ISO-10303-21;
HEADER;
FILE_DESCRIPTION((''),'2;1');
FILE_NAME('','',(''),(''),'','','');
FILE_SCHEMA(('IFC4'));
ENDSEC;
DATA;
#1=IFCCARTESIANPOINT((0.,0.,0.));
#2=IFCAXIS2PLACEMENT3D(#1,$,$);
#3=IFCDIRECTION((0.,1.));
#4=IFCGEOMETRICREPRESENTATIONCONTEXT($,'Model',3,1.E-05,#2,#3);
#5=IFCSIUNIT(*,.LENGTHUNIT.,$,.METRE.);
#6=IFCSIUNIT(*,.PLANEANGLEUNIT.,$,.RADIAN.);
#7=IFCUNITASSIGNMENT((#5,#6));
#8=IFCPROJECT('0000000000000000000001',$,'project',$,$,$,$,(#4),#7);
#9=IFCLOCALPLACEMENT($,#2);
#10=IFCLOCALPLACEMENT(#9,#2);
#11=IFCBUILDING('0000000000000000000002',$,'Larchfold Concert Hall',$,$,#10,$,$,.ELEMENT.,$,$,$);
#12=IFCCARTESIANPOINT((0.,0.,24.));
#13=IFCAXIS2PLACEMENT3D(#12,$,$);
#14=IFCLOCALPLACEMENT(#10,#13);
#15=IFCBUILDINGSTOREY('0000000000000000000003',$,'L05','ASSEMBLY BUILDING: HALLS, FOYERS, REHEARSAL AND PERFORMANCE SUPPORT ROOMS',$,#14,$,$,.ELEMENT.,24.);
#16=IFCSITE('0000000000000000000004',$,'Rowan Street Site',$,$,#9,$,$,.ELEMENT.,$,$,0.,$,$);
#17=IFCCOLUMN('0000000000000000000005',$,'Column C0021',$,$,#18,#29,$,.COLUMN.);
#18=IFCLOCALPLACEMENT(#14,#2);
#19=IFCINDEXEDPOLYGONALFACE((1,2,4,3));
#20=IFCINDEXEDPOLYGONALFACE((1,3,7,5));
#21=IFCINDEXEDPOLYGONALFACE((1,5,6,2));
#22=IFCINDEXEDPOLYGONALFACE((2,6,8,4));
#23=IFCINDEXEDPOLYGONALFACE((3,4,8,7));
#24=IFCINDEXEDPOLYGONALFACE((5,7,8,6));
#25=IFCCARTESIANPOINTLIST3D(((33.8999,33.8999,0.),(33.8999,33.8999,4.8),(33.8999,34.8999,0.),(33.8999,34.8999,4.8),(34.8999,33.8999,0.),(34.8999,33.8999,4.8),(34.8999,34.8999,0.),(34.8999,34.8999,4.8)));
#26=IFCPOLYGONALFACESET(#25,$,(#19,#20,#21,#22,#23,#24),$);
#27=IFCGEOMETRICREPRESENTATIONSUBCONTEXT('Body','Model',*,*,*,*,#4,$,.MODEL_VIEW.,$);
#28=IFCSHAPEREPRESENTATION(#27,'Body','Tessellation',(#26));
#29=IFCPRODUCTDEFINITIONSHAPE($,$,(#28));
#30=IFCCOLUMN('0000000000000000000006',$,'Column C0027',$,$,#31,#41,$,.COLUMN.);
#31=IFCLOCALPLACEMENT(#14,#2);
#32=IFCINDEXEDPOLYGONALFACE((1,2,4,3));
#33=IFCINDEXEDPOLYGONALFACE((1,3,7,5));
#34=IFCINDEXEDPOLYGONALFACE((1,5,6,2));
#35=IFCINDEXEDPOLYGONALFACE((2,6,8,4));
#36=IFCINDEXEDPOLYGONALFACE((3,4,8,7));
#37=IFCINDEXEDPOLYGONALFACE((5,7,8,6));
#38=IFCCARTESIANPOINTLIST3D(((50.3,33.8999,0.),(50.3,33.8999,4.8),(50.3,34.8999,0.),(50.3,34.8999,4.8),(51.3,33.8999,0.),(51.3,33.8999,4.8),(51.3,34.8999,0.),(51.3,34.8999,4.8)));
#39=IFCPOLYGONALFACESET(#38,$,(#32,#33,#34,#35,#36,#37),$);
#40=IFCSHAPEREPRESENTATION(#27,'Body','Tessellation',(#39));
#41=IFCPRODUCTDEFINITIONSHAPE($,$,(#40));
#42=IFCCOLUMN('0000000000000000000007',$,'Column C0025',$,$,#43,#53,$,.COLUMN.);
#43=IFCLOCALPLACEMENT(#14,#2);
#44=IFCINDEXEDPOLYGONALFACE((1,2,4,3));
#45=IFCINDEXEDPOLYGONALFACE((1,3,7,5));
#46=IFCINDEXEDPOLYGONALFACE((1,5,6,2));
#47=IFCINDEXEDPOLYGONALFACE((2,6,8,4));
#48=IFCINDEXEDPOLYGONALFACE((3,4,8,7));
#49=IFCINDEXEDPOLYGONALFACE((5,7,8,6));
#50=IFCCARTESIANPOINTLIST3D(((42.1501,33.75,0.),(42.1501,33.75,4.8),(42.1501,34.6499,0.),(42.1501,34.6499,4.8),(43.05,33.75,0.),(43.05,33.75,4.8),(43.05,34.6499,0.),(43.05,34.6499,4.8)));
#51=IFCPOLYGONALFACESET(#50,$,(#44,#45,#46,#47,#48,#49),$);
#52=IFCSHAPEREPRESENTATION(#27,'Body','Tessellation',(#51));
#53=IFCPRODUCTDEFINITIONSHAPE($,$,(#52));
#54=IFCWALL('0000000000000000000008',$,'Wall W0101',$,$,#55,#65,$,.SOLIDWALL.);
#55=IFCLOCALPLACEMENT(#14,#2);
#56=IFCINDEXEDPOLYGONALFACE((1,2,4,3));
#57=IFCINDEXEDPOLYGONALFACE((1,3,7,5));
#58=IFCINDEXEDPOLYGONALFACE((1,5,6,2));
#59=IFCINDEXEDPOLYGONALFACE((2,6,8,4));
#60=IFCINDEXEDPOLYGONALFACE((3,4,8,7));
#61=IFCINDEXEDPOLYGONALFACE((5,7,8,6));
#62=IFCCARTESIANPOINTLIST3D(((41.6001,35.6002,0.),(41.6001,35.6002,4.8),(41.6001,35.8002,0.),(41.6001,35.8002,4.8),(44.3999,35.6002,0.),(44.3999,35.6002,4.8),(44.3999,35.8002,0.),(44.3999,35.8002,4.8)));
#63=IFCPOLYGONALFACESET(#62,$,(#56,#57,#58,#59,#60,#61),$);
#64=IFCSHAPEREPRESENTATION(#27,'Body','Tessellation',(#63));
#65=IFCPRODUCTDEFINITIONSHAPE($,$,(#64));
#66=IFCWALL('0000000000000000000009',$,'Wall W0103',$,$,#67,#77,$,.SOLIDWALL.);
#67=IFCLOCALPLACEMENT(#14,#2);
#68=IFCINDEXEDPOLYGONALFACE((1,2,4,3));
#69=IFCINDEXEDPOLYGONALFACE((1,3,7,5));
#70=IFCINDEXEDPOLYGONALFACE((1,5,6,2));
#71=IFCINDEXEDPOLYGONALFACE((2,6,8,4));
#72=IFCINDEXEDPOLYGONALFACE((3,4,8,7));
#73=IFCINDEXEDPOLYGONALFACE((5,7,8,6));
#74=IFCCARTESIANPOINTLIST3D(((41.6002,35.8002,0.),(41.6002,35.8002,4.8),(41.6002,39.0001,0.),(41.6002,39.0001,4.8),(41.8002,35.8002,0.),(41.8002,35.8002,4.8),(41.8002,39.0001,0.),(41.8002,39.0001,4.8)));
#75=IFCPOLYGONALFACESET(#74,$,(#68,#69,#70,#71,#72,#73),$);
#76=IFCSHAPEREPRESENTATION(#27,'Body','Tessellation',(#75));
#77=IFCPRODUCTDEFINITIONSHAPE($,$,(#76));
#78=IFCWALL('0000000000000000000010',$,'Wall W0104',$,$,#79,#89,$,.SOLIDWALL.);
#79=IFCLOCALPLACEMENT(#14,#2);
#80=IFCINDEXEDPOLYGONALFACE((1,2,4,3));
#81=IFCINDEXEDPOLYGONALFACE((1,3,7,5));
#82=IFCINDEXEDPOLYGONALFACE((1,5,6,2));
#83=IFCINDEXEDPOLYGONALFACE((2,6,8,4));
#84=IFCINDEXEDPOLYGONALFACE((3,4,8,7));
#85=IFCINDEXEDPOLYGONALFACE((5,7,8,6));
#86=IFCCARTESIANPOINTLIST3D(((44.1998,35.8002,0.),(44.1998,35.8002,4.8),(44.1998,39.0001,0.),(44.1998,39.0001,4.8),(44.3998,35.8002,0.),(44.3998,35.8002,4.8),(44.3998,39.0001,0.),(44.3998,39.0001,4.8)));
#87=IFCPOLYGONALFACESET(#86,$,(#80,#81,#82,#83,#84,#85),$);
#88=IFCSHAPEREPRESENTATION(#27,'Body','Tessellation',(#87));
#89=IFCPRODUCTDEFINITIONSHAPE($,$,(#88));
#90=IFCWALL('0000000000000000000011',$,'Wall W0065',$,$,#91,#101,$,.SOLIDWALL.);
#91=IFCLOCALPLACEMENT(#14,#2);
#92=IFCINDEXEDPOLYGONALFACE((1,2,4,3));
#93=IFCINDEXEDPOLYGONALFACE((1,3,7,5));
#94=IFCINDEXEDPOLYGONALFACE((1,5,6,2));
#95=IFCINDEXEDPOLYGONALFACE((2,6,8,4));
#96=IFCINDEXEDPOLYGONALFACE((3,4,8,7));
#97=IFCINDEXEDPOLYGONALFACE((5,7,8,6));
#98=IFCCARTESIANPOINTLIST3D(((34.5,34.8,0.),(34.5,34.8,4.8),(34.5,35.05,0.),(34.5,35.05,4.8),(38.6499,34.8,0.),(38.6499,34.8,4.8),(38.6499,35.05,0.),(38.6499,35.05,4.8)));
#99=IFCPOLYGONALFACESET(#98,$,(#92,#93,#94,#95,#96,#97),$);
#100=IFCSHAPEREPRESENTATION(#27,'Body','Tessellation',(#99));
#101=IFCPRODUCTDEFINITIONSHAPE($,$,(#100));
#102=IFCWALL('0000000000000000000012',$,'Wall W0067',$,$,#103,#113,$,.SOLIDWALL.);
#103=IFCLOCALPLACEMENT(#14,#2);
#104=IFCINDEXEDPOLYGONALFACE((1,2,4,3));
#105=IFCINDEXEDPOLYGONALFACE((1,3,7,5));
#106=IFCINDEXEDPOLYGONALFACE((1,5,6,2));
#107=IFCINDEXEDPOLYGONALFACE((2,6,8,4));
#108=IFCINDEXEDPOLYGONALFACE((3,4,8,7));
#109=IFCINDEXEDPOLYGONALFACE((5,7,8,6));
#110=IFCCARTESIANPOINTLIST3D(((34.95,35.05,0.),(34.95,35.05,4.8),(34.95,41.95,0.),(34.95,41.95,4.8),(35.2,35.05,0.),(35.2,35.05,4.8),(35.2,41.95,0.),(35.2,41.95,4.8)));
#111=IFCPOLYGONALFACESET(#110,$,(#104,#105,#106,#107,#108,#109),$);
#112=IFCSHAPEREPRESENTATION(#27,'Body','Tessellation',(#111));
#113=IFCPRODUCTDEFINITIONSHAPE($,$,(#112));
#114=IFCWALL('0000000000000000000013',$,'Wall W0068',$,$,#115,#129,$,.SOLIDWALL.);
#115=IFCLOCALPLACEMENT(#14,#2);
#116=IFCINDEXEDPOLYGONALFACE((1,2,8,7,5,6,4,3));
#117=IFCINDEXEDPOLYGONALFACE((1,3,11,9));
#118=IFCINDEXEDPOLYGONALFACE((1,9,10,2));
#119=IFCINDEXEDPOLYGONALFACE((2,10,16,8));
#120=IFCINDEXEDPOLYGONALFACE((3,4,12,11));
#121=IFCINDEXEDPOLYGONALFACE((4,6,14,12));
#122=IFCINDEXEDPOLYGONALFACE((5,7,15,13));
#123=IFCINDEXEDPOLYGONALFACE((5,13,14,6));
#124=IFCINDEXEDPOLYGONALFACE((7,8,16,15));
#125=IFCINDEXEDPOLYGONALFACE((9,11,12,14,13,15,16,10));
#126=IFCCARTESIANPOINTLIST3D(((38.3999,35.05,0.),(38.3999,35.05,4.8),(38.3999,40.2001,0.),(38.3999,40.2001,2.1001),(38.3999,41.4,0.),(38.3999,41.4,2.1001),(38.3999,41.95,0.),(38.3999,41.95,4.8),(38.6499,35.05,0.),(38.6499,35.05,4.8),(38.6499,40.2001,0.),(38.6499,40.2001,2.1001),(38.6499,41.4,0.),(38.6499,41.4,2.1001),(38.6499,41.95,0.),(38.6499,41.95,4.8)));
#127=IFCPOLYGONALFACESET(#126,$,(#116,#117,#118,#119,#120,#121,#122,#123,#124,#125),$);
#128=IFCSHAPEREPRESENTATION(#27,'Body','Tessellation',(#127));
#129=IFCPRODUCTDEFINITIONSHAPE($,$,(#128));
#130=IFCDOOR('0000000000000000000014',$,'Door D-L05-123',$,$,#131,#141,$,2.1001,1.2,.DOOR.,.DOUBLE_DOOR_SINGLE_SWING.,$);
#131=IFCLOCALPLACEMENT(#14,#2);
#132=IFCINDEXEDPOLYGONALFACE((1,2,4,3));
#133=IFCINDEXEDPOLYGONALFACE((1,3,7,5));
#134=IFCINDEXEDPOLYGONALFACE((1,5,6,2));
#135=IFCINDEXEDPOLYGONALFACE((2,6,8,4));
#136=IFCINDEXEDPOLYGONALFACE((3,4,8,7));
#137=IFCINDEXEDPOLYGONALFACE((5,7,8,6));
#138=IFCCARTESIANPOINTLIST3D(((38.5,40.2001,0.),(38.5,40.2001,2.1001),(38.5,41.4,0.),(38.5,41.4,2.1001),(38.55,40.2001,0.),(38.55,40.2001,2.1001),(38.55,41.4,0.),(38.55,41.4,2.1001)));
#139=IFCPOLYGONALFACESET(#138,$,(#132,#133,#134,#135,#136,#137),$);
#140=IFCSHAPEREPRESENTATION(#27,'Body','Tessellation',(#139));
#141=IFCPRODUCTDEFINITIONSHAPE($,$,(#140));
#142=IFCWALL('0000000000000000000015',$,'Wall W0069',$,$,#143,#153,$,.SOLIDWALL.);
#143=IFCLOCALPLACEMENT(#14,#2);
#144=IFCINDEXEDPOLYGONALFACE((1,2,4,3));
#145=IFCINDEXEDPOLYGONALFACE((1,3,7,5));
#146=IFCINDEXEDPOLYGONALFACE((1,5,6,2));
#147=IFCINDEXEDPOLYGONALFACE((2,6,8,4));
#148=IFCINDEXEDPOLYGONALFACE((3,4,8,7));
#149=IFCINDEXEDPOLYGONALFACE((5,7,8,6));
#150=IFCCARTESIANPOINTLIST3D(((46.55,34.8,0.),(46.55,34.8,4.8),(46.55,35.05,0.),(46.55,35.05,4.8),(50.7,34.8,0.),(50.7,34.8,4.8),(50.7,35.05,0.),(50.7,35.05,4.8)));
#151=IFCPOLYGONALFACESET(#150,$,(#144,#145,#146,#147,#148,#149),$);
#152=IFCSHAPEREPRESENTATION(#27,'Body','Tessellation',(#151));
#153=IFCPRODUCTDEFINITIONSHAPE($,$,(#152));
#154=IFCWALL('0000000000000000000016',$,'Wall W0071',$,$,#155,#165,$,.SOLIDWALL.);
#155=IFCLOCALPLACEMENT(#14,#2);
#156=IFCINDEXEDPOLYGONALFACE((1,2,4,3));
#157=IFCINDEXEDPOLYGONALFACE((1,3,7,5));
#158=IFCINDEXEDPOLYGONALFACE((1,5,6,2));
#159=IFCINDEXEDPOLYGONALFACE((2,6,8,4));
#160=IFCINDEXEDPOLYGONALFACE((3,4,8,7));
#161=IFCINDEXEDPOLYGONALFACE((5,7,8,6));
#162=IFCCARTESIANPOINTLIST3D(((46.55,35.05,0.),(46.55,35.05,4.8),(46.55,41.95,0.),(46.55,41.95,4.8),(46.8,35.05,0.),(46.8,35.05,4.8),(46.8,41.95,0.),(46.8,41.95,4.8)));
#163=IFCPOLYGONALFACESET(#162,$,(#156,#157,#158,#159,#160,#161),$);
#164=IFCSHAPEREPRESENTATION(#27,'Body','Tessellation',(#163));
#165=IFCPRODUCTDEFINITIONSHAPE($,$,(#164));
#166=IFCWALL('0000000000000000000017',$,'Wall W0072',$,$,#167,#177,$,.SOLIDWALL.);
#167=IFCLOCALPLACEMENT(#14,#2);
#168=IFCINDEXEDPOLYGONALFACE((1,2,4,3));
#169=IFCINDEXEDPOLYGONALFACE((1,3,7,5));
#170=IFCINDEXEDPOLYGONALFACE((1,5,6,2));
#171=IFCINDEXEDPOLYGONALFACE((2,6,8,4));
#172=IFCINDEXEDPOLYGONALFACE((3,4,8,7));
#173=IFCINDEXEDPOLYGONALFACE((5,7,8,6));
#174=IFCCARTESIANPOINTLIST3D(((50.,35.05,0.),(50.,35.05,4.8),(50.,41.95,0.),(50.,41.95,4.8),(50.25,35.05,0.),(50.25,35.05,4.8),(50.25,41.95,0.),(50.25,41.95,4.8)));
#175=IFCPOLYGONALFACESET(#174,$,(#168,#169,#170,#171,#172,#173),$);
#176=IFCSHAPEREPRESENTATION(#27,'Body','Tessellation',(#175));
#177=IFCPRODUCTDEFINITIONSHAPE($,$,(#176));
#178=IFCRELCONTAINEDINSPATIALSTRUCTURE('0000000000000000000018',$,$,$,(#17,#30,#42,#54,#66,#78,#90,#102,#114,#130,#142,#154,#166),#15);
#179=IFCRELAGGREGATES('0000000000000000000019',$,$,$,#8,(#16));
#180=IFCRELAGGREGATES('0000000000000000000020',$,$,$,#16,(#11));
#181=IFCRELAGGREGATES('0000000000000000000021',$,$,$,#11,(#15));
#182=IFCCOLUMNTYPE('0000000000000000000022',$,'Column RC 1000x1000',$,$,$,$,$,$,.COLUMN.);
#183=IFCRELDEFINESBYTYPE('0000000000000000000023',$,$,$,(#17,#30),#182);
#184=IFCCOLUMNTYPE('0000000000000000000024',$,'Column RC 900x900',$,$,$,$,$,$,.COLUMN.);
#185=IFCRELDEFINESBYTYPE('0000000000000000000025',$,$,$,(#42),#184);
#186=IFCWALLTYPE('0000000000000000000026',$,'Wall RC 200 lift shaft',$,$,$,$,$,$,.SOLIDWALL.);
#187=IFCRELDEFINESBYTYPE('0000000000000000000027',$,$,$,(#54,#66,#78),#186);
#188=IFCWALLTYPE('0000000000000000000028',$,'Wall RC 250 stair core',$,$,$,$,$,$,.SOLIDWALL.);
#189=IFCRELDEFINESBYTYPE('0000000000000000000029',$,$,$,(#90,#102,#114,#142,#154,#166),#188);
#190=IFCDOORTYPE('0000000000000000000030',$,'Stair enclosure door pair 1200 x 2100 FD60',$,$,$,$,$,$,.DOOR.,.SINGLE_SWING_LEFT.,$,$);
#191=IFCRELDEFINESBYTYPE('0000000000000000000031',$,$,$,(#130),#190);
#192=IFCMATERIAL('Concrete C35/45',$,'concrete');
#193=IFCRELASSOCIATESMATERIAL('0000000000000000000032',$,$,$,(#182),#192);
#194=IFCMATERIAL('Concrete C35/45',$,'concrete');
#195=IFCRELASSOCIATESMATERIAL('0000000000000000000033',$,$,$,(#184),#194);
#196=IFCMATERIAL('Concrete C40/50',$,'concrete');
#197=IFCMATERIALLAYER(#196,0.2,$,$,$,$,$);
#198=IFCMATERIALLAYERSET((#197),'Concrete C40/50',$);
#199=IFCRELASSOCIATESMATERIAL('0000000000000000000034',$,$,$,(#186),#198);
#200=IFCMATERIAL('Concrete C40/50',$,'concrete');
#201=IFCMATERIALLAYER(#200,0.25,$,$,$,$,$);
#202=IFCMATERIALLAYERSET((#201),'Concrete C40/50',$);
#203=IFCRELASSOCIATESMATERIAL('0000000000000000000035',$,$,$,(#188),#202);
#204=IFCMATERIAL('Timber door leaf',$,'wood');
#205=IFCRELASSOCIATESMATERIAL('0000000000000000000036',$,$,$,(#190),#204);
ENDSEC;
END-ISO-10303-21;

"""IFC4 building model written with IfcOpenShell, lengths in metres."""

from ifc_helpers import new_model, si_unit, direction, frame, frame_2d, origin, origin_2d, place, context, subcontext, project, spatial, rectangle, extrude, material, layer, layer_set, material_profile, profile_set, type_object, element, fill, save


model = new_model("IFC4")

# Units and contexts
model_context = context("Model", 3, precision=1e-05, world=origin(), true_north=direction((0.0, 1.0)))
body_context = subcontext(model_context, "Body", "Model", "MODEL_VIEW")
ifc_project = project(units=[si_unit("LENGTHUNIT", "METRE"), si_unit("PLANEANGLEUNIT", "RADIAN")], contexts=[model_context])

# Site, building, storey
site_placement = place(None, origin())
site = spatial("IfcSite", under=ifc_project, at=site_placement, Name="Rowan Street Site", CompositionType="ELEMENT", RefElevation=0.0)
building_placement = place(site_placement, origin())
building = spatial("IfcBuilding", under=site, at=building_placement, Name="Larchfold Concert Hall", CompositionType="ELEMENT")
storey_placement = place(building_placement, frame((0.0, 0.0, 24.0)))
storey = spatial("IfcBuildingStorey", under=building, at=storey_placement, Name="L05", Description="ASSEMBLY BUILDING: HALLS, FOYERS, REHEARSAL AND PERFORMANCE SUPPORT ROOMS", CompositionType="ELEMENT", Elevation=24.0)

# Columns
ifc_material_1 = material(Name="Concrete C35/45", Category="concrete")
ifc_material_profile_1 = material_profile(ifc_material_1, rectangle(XDim=1.0, YDim=1.0, at=origin_2d()))
ifc_profile_set_1 = profile_set([ifc_material_profile_1], Name="Concrete C35/45")
column_type_1 = type_object("IfcColumnType", Name="Column RC 1000x1000", PredefinedType="COLUMN", material=ifc_profile_set_1)
for number, where, z_axis, x_axis, name in (
    (1, (34.3999, 34.3999, 0.0), (0.0, 0.0, 1.0), (1.0, 0.0, 0.0), "Column C0021"),
    (2, (50.8, 34.3999, 0.0), (0.0, 0.0, 1.0), (1.0, 0.0, 0.0), "Column C0027"),
):
    element("IfcColumn", number, at=place(storey_placement, frame(where, z_axis=z_axis, x_axis=x_axis)), inside=storey, type_object=column_type_1, Name=name, PredefinedType="COLUMN", context=body_context, shape_type="SweptSolid", body=[
        extrude(rectangle(XDim=1.0, YDim=1.0, at=origin_2d()), origin(), (0.0, 0.0, 1.0), 4.8),
    ])
ifc_material_2 = material(Name="Concrete C35/45", Category="concrete")
ifc_material_profile_2 = material_profile(ifc_material_2, rectangle(XDim=0.8999, YDim=0.8999, at=origin_2d()))
ifc_profile_set_2 = profile_set([ifc_material_profile_2], Name="Concrete C35/45")
column_type_2 = type_object("IfcColumnType", Name="Column RC 900x900", PredefinedType="COLUMN", material=ifc_profile_set_2)
column_placement = place(storey_placement, frame((42.6001, 34.2, 0.0), z_axis=(0.0, 0.0, 1.0), x_axis=(1.0, 0.0, 0.0)))
element("IfcColumn", 3, at=column_placement, inside=storey, type_object=column_type_2, Name="Column C0025", PredefinedType="COLUMN", context=body_context, shape_type="SweptSolid", body=[
    extrude(rectangle(XDim=0.8999, YDim=0.8999, at=origin_2d()), origin(), (0.0, 0.0, 1.0), 4.8),
])

# Walls
ifc_material_3 = material(Name="Concrete C40/50", Category="concrete")
ifc_layer_1 = layer(ifc_material_3, 0.2)
ifc_layer_set_1 = layer_set([ifc_layer_1], Name="Concrete C40/50")
wall_type_1 = type_object("IfcWallType", Name="Wall RC 200 lift shaft", PredefinedType="SOLIDWALL", material=ifc_layer_set_1)
wall_1_placement = place(storey_placement, frame((41.6001, 35.7002, 0.0), z_axis=(0.0, 0.0, 1.0), x_axis=(1.0, 0.0, 0.0)))
element("IfcWall", 4, at=wall_1_placement, inside=storey, type_object=wall_type_1, Name="Wall W0101", PredefinedType="SOLIDWALL", context=body_context, shape_type="SweptSolid", body=[
    extrude(rectangle(XDim=2.7998, YDim=0.2, at=frame_2d((1.3999, 0.0))), origin(), (0.0, 0.0, 1.0), 4.8),
])
for number, where, z_axis, x_axis, name in (
    (5, (41.7002, 35.8, 0.0), (0.0, 0.0, 1.0), (0.0, 1.0, 0.0), "Wall W0103"),
    (6, (44.2998, 35.8, 0.0), (0.0, 0.0, 1.0), (0.0, 1.0, 0.0), "Wall W0104"),
):
    element("IfcWall", number, at=place(storey_placement, frame(where, z_axis=z_axis, x_axis=x_axis)), inside=storey, type_object=wall_type_1, Name=name, PredefinedType="SOLIDWALL", context=body_context, shape_type="SweptSolid", body=[
        extrude(rectangle(XDim=3.2, YDim=0.2, at=frame_2d((1.6001, 0.0))), origin(), (0.0, 0.0, 1.0), 4.8),
    ])
ifc_material_4 = material(Name="Concrete C40/50", Category="concrete")
ifc_layer_2 = layer(ifc_material_4, 0.25)
ifc_layer_set_2 = layer_set([ifc_layer_2], Name="Concrete C40/50")
wall_type_2 = type_object("IfcWallType", Name="Wall RC 250 stair core", PredefinedType="SOLIDWALL", material=ifc_layer_set_2)
wall_2_placement = place(storey_placement, frame((34.5, 34.925, 0.0), z_axis=(0.0, 0.0, 1.0), x_axis=(1.0, 0.0, 0.0)))
element("IfcWall", 7, at=wall_2_placement, inside=storey, type_object=wall_type_2, Name="Wall W0065", PredefinedType="SOLIDWALL", context=body_context, shape_type="SweptSolid", body=[
    extrude(rectangle(XDim=4.1499, YDim=0.25, at=frame_2d((2.075, 0.0))), origin(), (0.0, 0.0, 1.0), 4.8),
])
wall_3_placement = place(storey_placement, frame((35.075, 35.05, 0.0), z_axis=(0.0, 0.0, 1.0), x_axis=(0.0, 1.0, 0.0)))
element("IfcWall", 8, at=wall_3_placement, inside=storey, type_object=wall_type_2, Name="Wall W0067", PredefinedType="SOLIDWALL", context=body_context, shape_type="SweptSolid", body=[
    extrude(rectangle(XDim=6.8999, YDim=0.25, at=frame_2d((3.45, 0.0))), origin(), (0.0, 0.0, 1.0), 4.8),
])

# Wall, opening, door
wall_4_placement = place(storey_placement, frame((38.5249, 35.05, 0.0), z_axis=(0.0, 0.0, 1.0), x_axis=(0.0, 1.0, 0.0)))
wall_4 = element("IfcWall", 9, at=wall_4_placement, inside=storey, type_object=wall_type_2, Name="Wall W0068", PredefinedType="SOLIDWALL", context=body_context, shape_type="SweptSolid", body=[
    extrude(rectangle(XDim=6.8999, YDim=0.25, at=frame_2d((3.45, 0.0))), origin(), (0.0, 0.0, 1.0), 4.8),
])
opening_1_placement = place(wall_4_placement, frame((5.1499, 0.0, 0.0)))
opening_1 = element("IfcOpeningElement", 10, at=opening_1_placement, cuts=wall_4, PredefinedType="OPENING", context=body_context, shape_type="SweptSolid", body=[
    extrude(rectangle(XDim=1.2, YDim=2.1001, at=frame_2d((0.6001, 1.05))), frame((0.0, 0.135, 0.0), z_axis=(0.0, -1.0, 0.0), x_axis=(1.0, 0.0, 0.0)), (0.0, 0.0, 1.0), 0.27),
])
ifc_material_5 = material(Name="Timber door leaf", Category="wood")
door_type = type_object("IfcDoorType", Name="Stair enclosure door pair 1200 x 2100 FD60", OperationType="SINGLE_SWING_LEFT", PredefinedType="DOOR", material=ifc_material_5)
door_placement = place(opening_1_placement, origin())
door = element("IfcDoor", 11, at=door_placement, inside=storey, type_object=door_type, Name="Door D-L05-123", OperationType="DOUBLE_DOOR_SINGLE_SWING", OverallHeight=2.1001, OverallWidth=1.2, PredefinedType="DOOR", context=body_context, shape_type="SweptSolid", body=[
    extrude(rectangle(XDim=1.2, YDim=2.1001, at=frame_2d((0.6001, 1.05))), frame((0.0, 0.0249, 0.0), z_axis=(0.0, -1.0, 0.0), x_axis=(1.0, 0.0, 0.0)), (0.0, 0.0, 1.0), 0.05),
])
fill(opening_1, door)

# Walls
wall_5_placement = place(storey_placement, frame((46.55, 34.925, 0.0), z_axis=(0.0, 0.0, 1.0), x_axis=(1.0, 0.0, 0.0)))
element("IfcWall", 12, at=wall_5_placement, inside=storey, type_object=wall_type_2, Name="Wall W0069", PredefinedType="SOLIDWALL", context=body_context, shape_type="SweptSolid", body=[
    extrude(rectangle(XDim=4.1499, YDim=0.25, at=frame_2d((2.075, 0.0))), origin(), (0.0, 0.0, 1.0), 4.8),
])
for number, where, z_axis, x_axis, name in (
    (13, (46.675, 35.05, 0.0), (0.0, 0.0, 1.0), (0.0, 1.0, 0.0), "Wall W0071"),
    (14, (50.125, 35.05, 0.0), (0.0, 0.0, 1.0), (0.0, 1.0, 0.0), "Wall W0072"),
):
    element("IfcWall", number, at=place(storey_placement, frame(where, z_axis=z_axis, x_axis=x_axis)), inside=storey, type_object=wall_type_2, Name=name, PredefinedType="SOLIDWALL", context=body_context, shape_type="SweptSolid", body=[
        extrude(rectangle(XDim=6.8999, YDim=0.25, at=frame_2d((3.45, 0.0))), origin(), (0.0, 0.0, 1.0), 4.8),
    ])

save(model, "model.ifc")
